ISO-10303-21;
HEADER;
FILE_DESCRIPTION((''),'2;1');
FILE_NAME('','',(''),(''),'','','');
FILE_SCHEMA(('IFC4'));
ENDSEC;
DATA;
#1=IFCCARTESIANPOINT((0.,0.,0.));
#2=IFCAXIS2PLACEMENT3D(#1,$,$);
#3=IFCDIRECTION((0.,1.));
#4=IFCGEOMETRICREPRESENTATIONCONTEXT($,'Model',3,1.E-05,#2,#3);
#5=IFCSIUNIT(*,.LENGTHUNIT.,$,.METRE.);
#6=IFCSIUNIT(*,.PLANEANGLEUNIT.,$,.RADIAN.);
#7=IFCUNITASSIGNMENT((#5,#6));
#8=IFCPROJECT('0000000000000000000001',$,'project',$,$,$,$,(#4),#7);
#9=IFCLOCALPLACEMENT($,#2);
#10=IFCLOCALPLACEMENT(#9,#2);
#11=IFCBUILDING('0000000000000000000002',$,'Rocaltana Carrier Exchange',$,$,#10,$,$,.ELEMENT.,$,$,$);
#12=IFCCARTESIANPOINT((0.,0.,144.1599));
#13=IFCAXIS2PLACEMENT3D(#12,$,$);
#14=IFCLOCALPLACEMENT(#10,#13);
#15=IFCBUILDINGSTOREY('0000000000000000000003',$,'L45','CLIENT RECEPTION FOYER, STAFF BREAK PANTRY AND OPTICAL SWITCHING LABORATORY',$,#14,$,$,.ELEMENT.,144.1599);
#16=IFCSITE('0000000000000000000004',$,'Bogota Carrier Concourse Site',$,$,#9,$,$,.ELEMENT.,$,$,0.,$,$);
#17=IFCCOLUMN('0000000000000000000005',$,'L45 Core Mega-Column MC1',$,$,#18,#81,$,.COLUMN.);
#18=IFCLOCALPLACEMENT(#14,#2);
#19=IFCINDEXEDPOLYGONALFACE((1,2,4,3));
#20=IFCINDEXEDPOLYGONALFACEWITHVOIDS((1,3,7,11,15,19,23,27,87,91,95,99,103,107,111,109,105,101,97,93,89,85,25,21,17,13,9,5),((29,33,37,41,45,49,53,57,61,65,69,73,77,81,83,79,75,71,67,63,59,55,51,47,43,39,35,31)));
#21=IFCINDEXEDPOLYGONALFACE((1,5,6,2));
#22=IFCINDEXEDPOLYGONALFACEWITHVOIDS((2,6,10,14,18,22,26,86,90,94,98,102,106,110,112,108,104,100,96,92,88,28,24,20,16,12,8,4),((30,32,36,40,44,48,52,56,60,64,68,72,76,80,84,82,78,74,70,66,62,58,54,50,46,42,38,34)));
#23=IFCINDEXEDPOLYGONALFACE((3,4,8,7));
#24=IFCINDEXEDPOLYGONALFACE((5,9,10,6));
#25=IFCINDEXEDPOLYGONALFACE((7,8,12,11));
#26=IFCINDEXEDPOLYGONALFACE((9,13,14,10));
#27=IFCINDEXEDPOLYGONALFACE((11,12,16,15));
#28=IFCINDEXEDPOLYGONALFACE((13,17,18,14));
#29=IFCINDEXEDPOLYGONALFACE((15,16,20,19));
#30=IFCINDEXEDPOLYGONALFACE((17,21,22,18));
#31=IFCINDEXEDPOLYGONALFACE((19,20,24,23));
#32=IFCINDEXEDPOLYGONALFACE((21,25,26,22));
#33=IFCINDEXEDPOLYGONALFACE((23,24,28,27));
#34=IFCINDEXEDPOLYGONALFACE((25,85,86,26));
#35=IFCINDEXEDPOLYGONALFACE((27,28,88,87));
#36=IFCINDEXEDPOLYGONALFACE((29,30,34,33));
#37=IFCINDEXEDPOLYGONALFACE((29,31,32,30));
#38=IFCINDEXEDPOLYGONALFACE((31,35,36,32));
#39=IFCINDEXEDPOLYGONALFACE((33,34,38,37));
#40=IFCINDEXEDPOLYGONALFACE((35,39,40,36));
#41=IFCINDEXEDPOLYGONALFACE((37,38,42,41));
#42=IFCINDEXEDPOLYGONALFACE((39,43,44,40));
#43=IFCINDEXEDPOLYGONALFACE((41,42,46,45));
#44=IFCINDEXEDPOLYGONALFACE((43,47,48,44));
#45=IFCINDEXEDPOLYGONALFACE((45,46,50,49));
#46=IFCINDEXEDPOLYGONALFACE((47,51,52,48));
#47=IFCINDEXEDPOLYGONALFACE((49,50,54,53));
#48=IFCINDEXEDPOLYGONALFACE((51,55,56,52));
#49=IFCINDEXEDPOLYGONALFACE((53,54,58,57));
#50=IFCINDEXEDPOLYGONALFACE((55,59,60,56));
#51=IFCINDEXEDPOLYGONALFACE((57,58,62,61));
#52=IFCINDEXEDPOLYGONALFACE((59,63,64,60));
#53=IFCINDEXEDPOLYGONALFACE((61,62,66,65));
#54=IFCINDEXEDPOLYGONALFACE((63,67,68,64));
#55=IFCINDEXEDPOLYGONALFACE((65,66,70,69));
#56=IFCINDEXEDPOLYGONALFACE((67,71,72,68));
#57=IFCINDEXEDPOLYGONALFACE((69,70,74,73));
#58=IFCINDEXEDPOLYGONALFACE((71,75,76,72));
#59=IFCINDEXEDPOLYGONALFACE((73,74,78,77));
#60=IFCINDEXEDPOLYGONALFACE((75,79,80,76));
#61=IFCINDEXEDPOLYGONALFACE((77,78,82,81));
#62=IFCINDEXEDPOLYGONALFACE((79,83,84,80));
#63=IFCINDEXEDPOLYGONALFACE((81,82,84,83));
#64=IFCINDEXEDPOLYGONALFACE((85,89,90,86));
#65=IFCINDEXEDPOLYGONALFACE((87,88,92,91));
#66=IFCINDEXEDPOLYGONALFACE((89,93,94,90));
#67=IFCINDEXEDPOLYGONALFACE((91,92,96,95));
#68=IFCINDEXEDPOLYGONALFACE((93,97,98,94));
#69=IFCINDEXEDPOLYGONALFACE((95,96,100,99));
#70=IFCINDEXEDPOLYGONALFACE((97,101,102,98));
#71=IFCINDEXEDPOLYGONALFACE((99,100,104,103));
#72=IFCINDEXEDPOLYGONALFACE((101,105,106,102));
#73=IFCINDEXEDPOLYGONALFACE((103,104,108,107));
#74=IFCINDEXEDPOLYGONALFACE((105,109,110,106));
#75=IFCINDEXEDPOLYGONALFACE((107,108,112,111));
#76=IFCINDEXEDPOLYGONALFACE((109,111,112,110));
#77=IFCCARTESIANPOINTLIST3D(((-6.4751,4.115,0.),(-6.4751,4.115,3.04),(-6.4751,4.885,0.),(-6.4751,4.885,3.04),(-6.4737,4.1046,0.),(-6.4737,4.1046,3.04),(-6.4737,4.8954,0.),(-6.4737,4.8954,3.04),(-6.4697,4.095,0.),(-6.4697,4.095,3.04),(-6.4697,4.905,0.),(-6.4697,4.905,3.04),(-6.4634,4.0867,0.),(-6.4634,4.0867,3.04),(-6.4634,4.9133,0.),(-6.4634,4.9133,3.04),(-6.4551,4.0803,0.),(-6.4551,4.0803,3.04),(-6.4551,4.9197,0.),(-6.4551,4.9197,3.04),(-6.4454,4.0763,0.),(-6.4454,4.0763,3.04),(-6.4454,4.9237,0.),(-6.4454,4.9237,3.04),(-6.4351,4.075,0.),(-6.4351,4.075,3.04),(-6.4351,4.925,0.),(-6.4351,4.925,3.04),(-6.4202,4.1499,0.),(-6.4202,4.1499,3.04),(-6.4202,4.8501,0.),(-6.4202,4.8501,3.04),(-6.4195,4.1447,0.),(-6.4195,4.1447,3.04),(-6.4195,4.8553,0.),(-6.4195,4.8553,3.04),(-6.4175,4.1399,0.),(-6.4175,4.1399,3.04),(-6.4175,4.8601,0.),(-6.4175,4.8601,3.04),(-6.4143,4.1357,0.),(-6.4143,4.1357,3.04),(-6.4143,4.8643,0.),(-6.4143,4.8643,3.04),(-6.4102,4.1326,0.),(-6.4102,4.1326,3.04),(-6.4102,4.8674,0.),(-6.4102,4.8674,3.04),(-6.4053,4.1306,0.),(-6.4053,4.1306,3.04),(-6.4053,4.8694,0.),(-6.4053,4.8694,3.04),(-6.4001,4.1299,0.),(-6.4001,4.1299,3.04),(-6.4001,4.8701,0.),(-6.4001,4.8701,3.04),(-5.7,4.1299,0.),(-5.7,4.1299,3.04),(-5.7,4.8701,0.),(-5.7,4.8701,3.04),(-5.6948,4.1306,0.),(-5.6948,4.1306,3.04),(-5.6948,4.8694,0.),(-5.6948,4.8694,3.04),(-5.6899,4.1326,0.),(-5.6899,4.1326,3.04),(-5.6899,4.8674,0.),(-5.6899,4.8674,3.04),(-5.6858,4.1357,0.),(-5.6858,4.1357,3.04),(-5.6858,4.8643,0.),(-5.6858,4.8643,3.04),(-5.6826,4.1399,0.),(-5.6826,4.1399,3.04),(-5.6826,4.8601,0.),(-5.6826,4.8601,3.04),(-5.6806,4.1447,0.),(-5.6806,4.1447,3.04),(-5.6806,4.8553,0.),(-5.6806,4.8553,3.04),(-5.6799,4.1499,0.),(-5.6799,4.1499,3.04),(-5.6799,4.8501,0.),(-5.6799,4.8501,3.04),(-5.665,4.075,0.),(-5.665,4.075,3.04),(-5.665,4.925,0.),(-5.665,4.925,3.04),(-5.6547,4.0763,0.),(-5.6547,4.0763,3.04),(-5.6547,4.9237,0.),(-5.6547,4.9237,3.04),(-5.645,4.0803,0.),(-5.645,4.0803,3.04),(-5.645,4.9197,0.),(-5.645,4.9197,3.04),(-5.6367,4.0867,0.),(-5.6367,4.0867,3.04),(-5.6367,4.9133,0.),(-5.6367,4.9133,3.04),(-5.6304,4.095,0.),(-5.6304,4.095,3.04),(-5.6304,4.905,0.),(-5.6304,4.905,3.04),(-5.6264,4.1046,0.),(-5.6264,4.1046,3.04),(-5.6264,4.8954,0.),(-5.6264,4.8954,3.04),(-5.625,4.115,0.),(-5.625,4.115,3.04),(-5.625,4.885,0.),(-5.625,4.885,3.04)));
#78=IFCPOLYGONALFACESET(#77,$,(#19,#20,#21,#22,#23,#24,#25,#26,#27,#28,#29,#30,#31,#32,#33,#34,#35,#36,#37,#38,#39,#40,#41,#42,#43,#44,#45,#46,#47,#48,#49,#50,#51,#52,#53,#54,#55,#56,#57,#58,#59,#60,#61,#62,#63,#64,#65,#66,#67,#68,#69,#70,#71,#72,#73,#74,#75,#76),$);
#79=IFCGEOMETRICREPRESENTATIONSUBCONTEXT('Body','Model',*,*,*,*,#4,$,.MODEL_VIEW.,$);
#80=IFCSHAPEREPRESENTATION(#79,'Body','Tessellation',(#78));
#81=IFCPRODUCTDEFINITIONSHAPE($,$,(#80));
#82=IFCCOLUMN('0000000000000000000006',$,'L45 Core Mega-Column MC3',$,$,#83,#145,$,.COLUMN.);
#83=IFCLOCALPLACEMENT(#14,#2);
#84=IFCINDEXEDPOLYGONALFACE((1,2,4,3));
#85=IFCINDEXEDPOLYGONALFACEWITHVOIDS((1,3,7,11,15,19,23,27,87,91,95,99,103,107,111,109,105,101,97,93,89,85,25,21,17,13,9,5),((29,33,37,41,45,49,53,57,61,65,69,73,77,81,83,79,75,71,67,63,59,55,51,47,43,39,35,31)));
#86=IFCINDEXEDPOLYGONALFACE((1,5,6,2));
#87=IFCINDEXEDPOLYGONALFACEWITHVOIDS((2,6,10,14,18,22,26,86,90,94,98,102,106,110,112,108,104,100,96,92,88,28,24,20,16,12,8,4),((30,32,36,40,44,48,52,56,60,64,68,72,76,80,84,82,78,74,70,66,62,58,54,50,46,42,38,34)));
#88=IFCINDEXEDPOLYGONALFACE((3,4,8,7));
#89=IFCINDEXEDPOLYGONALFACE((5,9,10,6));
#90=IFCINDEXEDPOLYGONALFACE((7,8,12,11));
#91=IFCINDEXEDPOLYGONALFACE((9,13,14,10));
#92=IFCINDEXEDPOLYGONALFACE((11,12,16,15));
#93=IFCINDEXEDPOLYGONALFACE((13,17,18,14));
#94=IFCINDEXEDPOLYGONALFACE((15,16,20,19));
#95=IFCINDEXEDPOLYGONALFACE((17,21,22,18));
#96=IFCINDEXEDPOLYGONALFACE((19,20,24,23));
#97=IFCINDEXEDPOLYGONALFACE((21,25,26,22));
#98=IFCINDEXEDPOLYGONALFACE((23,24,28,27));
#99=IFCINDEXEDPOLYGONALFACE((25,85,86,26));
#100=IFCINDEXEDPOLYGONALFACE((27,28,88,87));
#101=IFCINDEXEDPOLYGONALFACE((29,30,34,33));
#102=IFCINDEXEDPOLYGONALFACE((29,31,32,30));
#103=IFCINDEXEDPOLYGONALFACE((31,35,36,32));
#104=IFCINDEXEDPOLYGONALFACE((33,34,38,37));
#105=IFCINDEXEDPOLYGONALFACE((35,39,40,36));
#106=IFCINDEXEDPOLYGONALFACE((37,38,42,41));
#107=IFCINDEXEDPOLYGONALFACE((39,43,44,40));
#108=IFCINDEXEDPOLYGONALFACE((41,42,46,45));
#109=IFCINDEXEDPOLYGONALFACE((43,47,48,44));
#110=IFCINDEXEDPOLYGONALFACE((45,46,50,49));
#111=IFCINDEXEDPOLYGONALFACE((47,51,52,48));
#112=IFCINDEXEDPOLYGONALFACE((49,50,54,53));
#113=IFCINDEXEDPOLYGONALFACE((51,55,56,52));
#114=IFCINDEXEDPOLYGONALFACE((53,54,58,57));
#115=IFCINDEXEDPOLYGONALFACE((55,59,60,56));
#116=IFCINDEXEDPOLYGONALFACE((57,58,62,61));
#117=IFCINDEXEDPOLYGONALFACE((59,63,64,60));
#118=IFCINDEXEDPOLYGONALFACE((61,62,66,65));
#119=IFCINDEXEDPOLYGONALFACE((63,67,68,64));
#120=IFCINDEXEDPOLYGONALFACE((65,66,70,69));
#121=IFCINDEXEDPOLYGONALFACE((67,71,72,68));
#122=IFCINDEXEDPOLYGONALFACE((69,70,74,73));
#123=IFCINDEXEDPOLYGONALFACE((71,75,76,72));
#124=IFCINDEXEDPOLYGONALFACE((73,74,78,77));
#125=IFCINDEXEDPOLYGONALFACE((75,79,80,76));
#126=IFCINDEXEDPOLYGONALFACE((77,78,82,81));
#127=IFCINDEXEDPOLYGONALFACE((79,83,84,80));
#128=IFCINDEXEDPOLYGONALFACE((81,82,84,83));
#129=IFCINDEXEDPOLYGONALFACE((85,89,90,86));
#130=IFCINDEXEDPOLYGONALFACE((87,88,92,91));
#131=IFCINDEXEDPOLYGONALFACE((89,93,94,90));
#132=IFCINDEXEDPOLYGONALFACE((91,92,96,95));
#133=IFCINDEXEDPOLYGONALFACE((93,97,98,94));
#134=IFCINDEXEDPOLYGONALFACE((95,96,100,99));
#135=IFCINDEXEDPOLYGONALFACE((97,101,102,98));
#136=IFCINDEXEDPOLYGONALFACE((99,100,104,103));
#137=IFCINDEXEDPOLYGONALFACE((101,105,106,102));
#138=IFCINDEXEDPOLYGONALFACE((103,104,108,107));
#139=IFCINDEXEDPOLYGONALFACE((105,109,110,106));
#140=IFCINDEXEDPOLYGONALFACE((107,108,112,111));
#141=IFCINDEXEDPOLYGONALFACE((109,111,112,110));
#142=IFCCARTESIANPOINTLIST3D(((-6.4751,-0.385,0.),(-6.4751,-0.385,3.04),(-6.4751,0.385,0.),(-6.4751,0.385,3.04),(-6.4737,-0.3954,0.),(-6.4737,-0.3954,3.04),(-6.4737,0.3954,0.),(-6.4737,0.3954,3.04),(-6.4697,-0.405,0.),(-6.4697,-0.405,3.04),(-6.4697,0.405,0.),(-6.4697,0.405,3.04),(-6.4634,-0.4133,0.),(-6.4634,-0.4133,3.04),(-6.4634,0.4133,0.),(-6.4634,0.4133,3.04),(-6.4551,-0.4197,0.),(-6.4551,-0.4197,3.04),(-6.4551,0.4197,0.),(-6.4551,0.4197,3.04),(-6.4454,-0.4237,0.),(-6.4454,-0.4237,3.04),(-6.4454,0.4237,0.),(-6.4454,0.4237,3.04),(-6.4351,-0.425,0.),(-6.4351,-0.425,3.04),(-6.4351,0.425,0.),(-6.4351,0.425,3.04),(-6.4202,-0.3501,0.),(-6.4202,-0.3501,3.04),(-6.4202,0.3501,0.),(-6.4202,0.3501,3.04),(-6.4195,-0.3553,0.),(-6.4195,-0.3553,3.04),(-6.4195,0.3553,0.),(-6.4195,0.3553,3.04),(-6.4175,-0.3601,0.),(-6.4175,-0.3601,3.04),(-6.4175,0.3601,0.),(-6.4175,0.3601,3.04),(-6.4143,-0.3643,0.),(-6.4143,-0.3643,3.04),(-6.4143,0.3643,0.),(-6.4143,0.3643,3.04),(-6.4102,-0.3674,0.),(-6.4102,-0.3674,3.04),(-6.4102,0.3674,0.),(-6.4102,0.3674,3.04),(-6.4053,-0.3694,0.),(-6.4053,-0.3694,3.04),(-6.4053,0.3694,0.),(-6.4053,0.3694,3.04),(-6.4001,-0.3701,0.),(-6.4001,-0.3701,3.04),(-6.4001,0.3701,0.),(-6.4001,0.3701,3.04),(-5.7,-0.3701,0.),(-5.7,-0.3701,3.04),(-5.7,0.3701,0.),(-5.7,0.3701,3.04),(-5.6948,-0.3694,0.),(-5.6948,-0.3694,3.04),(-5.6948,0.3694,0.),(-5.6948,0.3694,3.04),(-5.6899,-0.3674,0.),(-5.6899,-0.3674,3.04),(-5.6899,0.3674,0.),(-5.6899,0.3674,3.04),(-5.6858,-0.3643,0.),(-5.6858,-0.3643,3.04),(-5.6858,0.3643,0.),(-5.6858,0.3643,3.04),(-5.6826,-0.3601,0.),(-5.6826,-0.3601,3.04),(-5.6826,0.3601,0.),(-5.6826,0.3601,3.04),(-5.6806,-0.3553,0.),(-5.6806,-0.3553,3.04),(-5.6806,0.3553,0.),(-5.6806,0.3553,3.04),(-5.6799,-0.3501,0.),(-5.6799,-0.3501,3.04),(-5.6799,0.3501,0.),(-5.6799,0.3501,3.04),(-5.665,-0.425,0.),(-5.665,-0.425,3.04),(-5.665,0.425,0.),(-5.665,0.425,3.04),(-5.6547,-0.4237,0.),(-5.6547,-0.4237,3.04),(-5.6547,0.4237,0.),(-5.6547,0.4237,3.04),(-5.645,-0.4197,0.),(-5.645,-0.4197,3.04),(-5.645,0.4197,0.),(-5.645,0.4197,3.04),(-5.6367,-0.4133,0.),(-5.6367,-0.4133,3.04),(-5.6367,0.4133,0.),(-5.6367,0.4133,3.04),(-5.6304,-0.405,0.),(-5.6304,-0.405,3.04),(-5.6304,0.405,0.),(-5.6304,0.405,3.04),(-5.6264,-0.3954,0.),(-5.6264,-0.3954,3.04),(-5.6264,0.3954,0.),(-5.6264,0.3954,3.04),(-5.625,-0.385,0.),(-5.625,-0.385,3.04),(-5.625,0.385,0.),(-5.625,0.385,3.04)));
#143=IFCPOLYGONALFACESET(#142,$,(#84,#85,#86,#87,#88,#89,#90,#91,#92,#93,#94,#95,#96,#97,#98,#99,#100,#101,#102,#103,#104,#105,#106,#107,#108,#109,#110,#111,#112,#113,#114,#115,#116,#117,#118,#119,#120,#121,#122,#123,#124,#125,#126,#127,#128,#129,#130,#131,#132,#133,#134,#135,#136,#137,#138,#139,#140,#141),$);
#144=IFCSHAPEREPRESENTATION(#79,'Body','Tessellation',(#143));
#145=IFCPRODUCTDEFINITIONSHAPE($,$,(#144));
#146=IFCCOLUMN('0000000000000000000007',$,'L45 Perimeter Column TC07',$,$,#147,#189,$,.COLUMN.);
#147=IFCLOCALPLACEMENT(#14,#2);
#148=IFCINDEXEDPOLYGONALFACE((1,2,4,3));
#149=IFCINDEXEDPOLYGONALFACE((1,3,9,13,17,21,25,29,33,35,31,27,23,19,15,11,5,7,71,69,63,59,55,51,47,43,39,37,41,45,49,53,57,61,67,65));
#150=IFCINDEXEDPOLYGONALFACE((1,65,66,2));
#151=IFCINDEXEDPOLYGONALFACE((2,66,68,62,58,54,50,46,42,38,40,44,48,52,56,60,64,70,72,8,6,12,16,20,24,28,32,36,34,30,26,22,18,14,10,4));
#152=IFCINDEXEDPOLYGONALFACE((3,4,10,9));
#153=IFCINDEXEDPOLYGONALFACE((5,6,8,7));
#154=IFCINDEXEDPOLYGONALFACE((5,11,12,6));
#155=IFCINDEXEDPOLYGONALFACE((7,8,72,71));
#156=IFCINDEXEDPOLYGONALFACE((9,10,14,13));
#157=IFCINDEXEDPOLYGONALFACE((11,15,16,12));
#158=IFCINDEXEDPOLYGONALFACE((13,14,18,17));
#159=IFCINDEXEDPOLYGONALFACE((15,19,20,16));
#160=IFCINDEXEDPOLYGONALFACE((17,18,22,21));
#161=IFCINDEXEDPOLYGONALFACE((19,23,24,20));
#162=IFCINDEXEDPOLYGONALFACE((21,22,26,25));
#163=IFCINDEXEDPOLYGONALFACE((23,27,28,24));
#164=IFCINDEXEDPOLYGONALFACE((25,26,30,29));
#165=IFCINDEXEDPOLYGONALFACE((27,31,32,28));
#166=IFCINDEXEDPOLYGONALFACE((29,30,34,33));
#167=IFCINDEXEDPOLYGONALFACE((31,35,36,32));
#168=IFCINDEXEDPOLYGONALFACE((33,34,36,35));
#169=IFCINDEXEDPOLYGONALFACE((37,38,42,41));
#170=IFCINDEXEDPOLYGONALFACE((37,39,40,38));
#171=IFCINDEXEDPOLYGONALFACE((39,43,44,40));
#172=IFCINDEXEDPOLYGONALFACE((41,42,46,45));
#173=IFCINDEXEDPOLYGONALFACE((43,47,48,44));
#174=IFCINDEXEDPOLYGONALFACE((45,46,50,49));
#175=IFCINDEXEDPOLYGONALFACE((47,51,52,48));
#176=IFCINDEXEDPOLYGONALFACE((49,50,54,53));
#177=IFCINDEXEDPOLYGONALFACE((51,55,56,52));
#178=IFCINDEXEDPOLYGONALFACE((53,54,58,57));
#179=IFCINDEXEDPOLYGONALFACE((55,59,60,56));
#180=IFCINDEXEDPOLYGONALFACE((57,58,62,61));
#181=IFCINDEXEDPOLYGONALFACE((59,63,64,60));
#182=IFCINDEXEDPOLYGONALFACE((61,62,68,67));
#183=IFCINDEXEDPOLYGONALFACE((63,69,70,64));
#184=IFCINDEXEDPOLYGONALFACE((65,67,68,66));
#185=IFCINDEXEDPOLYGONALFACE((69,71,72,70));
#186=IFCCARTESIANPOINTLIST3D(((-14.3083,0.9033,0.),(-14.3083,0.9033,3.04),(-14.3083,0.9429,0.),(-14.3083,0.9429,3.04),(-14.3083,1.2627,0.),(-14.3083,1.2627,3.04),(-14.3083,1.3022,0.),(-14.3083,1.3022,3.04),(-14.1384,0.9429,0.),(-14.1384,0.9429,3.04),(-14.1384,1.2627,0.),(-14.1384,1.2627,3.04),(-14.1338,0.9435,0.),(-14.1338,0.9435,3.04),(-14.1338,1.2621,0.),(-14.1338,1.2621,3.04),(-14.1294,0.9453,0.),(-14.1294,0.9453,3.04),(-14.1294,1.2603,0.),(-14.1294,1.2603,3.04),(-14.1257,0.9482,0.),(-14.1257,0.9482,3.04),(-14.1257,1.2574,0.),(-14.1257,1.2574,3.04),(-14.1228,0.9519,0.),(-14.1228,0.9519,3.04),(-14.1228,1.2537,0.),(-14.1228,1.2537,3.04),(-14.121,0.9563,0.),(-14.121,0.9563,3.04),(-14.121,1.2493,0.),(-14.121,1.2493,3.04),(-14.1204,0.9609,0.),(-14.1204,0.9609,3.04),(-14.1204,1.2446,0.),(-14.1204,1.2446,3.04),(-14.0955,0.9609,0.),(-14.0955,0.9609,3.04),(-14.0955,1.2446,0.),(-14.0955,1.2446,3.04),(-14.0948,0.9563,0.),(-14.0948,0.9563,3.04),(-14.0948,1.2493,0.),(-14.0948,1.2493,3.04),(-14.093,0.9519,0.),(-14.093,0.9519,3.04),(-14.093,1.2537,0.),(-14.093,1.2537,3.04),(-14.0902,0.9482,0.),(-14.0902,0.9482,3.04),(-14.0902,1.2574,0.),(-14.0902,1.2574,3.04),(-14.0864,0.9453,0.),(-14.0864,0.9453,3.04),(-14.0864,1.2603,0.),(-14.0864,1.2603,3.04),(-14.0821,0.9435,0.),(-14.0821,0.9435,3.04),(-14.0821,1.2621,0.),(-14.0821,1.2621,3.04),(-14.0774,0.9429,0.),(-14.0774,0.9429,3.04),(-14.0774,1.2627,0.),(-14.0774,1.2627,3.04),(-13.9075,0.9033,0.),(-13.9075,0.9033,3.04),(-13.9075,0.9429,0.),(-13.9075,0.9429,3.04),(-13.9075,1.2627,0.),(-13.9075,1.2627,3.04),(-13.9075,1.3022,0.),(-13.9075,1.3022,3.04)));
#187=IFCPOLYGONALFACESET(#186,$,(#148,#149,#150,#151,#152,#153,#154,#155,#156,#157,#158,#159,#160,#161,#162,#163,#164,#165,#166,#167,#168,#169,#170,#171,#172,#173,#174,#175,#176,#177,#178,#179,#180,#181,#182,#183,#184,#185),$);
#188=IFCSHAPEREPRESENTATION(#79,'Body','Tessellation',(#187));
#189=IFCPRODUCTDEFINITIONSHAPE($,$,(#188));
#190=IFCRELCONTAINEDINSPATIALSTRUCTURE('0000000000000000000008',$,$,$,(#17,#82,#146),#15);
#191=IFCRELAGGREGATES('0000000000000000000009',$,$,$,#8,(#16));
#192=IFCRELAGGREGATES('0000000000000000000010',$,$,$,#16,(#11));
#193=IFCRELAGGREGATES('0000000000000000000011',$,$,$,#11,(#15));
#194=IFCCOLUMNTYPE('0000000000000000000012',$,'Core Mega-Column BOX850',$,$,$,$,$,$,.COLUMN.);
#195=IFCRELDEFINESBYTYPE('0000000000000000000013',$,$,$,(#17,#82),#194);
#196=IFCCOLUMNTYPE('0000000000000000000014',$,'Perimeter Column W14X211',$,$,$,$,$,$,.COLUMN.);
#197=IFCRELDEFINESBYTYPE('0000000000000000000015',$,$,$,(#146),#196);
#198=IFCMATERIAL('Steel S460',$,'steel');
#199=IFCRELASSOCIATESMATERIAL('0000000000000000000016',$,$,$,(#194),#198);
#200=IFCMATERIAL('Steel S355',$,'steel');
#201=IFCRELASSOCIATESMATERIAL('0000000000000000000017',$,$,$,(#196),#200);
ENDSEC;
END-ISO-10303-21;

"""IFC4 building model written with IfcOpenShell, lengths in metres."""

from ifc_helpers import new_model, si_unit, direction, frame, origin, origin_2d, place, context, subcontext, project, spatial, hollow_rectangle, i_section, extrude, material, material_profile, profile_set, type_object, element, save


model = new_model("IFC4")

# Units and contexts
model_context = context("Model", 3, precision=1e-05, world=origin(), true_north=direction((0.0, 1.0)))
body_context = subcontext(model_context, "Body", "Model", "MODEL_VIEW")
ifc_project = project(units=[si_unit("LENGTHUNIT", "METRE"), si_unit("PLANEANGLEUNIT", "RADIAN")], contexts=[model_context])

# Site, building, storey
site_placement = place(None, origin())
site = spatial("IfcSite", under=ifc_project, at=site_placement, Name="Bogota Carrier Concourse Site", CompositionType="ELEMENT", RefElevation=0.0)
building_placement = place(site_placement, origin())
building = spatial("IfcBuilding", under=site, at=building_placement, Name="Rocaltana Carrier Exchange", CompositionType="ELEMENT")
storey_placement = place(building_placement, frame((0.0, 0.0, 144.1599)))
storey = spatial("IfcBuildingStorey", under=building, at=storey_placement, Name="L45", Description="CLIENT RECEPTION FOYER, STAFF BREAK PANTRY AND OPTICAL SWITCHING LABORATORY", CompositionType="ELEMENT", Elevation=144.1599)

# Columns
ifc_material_1 = material(Name="Steel S460", Category="steel")
ifc_material_profile_1 = material_profile(ifc_material_1, hollow_rectangle(XDim=0.8501, YDim=0.8501, WallThickness=0.0549, InnerFilletRadius=0.02, OuterFilletRadius=0.04, at=origin_2d()), Name="BOX850X850X55")
ifc_profile_set_1 = profile_set([ifc_material_profile_1], Name="Steel S460")
column_type_1 = type_object("IfcColumnType", Name="Core Mega-Column BOX850", PredefinedType="COLUMN", material=ifc_profile_set_1)
for number, where, z_axis, x_axis, name in (
    (1, (-6.05, 4.5, 0.0), (0.0, 0.0, 1.0), (1.0, 0.0, 0.0), "L45 Core Mega-Column MC1"),
    (2, (-6.05, 0.0, 0.0), (0.0, 0.0, 1.0), (1.0, 0.0, 0.0), "L45 Core Mega-Column MC3"),
):
    element("IfcColumn", number, at=place(storey_placement, frame(where, z_axis=z_axis, x_axis=x_axis)), inside=storey, type_object=column_type_1, Name=name, PredefinedType="COLUMN", context=body_context, shape_type="SweptSolid", body=[
        extrude(hollow_rectangle(XDim=0.8501, YDim=0.8501, WallThickness=0.0549, InnerFilletRadius=0.02, OuterFilletRadius=0.04, at=origin_2d()), origin(), (0.0, 0.0, 1.0), 3.04),
    ])
ifc_material_2 = material(Name="Steel S355", Category="steel")
ifc_material_profile_2 = material_profile(ifc_material_2, i_section(OverallWidth=0.4009, OverallDepth=0.3989, WebThickness=0.0249, FlangeThickness=0.0396, FilletRadius=0.0181, at=origin_2d()), Name="W14X211")
ifc_profile_set_2 = profile_set([ifc_material_profile_2], Name="Steel S355")
column_type_2 = type_object("IfcColumnType", Name="Perimeter Column W14X211", PredefinedType="COLUMN", material=ifc_profile_set_2)
column_placement = place(storey_placement, frame((-14.1079, 1.1028, 0.0), z_axis=(0.0, 0.0, 1.0), x_axis=(1.0, 0.0, 0.0)))
element("IfcColumn", 3, at=column_placement, inside=storey, type_object=column_type_2, Name="L45 Perimeter Column TC07", PredefinedType="COLUMN", context=body_context, shape_type="SweptSolid", body=[
    extrude(i_section(OverallWidth=0.4009, OverallDepth=0.3989, WebThickness=0.0249, FlangeThickness=0.0396, FilletRadius=0.0181, at=origin_2d()), origin(), (0.0, 0.0, 1.0), 3.04),
])

save(model, "model.ifc")
